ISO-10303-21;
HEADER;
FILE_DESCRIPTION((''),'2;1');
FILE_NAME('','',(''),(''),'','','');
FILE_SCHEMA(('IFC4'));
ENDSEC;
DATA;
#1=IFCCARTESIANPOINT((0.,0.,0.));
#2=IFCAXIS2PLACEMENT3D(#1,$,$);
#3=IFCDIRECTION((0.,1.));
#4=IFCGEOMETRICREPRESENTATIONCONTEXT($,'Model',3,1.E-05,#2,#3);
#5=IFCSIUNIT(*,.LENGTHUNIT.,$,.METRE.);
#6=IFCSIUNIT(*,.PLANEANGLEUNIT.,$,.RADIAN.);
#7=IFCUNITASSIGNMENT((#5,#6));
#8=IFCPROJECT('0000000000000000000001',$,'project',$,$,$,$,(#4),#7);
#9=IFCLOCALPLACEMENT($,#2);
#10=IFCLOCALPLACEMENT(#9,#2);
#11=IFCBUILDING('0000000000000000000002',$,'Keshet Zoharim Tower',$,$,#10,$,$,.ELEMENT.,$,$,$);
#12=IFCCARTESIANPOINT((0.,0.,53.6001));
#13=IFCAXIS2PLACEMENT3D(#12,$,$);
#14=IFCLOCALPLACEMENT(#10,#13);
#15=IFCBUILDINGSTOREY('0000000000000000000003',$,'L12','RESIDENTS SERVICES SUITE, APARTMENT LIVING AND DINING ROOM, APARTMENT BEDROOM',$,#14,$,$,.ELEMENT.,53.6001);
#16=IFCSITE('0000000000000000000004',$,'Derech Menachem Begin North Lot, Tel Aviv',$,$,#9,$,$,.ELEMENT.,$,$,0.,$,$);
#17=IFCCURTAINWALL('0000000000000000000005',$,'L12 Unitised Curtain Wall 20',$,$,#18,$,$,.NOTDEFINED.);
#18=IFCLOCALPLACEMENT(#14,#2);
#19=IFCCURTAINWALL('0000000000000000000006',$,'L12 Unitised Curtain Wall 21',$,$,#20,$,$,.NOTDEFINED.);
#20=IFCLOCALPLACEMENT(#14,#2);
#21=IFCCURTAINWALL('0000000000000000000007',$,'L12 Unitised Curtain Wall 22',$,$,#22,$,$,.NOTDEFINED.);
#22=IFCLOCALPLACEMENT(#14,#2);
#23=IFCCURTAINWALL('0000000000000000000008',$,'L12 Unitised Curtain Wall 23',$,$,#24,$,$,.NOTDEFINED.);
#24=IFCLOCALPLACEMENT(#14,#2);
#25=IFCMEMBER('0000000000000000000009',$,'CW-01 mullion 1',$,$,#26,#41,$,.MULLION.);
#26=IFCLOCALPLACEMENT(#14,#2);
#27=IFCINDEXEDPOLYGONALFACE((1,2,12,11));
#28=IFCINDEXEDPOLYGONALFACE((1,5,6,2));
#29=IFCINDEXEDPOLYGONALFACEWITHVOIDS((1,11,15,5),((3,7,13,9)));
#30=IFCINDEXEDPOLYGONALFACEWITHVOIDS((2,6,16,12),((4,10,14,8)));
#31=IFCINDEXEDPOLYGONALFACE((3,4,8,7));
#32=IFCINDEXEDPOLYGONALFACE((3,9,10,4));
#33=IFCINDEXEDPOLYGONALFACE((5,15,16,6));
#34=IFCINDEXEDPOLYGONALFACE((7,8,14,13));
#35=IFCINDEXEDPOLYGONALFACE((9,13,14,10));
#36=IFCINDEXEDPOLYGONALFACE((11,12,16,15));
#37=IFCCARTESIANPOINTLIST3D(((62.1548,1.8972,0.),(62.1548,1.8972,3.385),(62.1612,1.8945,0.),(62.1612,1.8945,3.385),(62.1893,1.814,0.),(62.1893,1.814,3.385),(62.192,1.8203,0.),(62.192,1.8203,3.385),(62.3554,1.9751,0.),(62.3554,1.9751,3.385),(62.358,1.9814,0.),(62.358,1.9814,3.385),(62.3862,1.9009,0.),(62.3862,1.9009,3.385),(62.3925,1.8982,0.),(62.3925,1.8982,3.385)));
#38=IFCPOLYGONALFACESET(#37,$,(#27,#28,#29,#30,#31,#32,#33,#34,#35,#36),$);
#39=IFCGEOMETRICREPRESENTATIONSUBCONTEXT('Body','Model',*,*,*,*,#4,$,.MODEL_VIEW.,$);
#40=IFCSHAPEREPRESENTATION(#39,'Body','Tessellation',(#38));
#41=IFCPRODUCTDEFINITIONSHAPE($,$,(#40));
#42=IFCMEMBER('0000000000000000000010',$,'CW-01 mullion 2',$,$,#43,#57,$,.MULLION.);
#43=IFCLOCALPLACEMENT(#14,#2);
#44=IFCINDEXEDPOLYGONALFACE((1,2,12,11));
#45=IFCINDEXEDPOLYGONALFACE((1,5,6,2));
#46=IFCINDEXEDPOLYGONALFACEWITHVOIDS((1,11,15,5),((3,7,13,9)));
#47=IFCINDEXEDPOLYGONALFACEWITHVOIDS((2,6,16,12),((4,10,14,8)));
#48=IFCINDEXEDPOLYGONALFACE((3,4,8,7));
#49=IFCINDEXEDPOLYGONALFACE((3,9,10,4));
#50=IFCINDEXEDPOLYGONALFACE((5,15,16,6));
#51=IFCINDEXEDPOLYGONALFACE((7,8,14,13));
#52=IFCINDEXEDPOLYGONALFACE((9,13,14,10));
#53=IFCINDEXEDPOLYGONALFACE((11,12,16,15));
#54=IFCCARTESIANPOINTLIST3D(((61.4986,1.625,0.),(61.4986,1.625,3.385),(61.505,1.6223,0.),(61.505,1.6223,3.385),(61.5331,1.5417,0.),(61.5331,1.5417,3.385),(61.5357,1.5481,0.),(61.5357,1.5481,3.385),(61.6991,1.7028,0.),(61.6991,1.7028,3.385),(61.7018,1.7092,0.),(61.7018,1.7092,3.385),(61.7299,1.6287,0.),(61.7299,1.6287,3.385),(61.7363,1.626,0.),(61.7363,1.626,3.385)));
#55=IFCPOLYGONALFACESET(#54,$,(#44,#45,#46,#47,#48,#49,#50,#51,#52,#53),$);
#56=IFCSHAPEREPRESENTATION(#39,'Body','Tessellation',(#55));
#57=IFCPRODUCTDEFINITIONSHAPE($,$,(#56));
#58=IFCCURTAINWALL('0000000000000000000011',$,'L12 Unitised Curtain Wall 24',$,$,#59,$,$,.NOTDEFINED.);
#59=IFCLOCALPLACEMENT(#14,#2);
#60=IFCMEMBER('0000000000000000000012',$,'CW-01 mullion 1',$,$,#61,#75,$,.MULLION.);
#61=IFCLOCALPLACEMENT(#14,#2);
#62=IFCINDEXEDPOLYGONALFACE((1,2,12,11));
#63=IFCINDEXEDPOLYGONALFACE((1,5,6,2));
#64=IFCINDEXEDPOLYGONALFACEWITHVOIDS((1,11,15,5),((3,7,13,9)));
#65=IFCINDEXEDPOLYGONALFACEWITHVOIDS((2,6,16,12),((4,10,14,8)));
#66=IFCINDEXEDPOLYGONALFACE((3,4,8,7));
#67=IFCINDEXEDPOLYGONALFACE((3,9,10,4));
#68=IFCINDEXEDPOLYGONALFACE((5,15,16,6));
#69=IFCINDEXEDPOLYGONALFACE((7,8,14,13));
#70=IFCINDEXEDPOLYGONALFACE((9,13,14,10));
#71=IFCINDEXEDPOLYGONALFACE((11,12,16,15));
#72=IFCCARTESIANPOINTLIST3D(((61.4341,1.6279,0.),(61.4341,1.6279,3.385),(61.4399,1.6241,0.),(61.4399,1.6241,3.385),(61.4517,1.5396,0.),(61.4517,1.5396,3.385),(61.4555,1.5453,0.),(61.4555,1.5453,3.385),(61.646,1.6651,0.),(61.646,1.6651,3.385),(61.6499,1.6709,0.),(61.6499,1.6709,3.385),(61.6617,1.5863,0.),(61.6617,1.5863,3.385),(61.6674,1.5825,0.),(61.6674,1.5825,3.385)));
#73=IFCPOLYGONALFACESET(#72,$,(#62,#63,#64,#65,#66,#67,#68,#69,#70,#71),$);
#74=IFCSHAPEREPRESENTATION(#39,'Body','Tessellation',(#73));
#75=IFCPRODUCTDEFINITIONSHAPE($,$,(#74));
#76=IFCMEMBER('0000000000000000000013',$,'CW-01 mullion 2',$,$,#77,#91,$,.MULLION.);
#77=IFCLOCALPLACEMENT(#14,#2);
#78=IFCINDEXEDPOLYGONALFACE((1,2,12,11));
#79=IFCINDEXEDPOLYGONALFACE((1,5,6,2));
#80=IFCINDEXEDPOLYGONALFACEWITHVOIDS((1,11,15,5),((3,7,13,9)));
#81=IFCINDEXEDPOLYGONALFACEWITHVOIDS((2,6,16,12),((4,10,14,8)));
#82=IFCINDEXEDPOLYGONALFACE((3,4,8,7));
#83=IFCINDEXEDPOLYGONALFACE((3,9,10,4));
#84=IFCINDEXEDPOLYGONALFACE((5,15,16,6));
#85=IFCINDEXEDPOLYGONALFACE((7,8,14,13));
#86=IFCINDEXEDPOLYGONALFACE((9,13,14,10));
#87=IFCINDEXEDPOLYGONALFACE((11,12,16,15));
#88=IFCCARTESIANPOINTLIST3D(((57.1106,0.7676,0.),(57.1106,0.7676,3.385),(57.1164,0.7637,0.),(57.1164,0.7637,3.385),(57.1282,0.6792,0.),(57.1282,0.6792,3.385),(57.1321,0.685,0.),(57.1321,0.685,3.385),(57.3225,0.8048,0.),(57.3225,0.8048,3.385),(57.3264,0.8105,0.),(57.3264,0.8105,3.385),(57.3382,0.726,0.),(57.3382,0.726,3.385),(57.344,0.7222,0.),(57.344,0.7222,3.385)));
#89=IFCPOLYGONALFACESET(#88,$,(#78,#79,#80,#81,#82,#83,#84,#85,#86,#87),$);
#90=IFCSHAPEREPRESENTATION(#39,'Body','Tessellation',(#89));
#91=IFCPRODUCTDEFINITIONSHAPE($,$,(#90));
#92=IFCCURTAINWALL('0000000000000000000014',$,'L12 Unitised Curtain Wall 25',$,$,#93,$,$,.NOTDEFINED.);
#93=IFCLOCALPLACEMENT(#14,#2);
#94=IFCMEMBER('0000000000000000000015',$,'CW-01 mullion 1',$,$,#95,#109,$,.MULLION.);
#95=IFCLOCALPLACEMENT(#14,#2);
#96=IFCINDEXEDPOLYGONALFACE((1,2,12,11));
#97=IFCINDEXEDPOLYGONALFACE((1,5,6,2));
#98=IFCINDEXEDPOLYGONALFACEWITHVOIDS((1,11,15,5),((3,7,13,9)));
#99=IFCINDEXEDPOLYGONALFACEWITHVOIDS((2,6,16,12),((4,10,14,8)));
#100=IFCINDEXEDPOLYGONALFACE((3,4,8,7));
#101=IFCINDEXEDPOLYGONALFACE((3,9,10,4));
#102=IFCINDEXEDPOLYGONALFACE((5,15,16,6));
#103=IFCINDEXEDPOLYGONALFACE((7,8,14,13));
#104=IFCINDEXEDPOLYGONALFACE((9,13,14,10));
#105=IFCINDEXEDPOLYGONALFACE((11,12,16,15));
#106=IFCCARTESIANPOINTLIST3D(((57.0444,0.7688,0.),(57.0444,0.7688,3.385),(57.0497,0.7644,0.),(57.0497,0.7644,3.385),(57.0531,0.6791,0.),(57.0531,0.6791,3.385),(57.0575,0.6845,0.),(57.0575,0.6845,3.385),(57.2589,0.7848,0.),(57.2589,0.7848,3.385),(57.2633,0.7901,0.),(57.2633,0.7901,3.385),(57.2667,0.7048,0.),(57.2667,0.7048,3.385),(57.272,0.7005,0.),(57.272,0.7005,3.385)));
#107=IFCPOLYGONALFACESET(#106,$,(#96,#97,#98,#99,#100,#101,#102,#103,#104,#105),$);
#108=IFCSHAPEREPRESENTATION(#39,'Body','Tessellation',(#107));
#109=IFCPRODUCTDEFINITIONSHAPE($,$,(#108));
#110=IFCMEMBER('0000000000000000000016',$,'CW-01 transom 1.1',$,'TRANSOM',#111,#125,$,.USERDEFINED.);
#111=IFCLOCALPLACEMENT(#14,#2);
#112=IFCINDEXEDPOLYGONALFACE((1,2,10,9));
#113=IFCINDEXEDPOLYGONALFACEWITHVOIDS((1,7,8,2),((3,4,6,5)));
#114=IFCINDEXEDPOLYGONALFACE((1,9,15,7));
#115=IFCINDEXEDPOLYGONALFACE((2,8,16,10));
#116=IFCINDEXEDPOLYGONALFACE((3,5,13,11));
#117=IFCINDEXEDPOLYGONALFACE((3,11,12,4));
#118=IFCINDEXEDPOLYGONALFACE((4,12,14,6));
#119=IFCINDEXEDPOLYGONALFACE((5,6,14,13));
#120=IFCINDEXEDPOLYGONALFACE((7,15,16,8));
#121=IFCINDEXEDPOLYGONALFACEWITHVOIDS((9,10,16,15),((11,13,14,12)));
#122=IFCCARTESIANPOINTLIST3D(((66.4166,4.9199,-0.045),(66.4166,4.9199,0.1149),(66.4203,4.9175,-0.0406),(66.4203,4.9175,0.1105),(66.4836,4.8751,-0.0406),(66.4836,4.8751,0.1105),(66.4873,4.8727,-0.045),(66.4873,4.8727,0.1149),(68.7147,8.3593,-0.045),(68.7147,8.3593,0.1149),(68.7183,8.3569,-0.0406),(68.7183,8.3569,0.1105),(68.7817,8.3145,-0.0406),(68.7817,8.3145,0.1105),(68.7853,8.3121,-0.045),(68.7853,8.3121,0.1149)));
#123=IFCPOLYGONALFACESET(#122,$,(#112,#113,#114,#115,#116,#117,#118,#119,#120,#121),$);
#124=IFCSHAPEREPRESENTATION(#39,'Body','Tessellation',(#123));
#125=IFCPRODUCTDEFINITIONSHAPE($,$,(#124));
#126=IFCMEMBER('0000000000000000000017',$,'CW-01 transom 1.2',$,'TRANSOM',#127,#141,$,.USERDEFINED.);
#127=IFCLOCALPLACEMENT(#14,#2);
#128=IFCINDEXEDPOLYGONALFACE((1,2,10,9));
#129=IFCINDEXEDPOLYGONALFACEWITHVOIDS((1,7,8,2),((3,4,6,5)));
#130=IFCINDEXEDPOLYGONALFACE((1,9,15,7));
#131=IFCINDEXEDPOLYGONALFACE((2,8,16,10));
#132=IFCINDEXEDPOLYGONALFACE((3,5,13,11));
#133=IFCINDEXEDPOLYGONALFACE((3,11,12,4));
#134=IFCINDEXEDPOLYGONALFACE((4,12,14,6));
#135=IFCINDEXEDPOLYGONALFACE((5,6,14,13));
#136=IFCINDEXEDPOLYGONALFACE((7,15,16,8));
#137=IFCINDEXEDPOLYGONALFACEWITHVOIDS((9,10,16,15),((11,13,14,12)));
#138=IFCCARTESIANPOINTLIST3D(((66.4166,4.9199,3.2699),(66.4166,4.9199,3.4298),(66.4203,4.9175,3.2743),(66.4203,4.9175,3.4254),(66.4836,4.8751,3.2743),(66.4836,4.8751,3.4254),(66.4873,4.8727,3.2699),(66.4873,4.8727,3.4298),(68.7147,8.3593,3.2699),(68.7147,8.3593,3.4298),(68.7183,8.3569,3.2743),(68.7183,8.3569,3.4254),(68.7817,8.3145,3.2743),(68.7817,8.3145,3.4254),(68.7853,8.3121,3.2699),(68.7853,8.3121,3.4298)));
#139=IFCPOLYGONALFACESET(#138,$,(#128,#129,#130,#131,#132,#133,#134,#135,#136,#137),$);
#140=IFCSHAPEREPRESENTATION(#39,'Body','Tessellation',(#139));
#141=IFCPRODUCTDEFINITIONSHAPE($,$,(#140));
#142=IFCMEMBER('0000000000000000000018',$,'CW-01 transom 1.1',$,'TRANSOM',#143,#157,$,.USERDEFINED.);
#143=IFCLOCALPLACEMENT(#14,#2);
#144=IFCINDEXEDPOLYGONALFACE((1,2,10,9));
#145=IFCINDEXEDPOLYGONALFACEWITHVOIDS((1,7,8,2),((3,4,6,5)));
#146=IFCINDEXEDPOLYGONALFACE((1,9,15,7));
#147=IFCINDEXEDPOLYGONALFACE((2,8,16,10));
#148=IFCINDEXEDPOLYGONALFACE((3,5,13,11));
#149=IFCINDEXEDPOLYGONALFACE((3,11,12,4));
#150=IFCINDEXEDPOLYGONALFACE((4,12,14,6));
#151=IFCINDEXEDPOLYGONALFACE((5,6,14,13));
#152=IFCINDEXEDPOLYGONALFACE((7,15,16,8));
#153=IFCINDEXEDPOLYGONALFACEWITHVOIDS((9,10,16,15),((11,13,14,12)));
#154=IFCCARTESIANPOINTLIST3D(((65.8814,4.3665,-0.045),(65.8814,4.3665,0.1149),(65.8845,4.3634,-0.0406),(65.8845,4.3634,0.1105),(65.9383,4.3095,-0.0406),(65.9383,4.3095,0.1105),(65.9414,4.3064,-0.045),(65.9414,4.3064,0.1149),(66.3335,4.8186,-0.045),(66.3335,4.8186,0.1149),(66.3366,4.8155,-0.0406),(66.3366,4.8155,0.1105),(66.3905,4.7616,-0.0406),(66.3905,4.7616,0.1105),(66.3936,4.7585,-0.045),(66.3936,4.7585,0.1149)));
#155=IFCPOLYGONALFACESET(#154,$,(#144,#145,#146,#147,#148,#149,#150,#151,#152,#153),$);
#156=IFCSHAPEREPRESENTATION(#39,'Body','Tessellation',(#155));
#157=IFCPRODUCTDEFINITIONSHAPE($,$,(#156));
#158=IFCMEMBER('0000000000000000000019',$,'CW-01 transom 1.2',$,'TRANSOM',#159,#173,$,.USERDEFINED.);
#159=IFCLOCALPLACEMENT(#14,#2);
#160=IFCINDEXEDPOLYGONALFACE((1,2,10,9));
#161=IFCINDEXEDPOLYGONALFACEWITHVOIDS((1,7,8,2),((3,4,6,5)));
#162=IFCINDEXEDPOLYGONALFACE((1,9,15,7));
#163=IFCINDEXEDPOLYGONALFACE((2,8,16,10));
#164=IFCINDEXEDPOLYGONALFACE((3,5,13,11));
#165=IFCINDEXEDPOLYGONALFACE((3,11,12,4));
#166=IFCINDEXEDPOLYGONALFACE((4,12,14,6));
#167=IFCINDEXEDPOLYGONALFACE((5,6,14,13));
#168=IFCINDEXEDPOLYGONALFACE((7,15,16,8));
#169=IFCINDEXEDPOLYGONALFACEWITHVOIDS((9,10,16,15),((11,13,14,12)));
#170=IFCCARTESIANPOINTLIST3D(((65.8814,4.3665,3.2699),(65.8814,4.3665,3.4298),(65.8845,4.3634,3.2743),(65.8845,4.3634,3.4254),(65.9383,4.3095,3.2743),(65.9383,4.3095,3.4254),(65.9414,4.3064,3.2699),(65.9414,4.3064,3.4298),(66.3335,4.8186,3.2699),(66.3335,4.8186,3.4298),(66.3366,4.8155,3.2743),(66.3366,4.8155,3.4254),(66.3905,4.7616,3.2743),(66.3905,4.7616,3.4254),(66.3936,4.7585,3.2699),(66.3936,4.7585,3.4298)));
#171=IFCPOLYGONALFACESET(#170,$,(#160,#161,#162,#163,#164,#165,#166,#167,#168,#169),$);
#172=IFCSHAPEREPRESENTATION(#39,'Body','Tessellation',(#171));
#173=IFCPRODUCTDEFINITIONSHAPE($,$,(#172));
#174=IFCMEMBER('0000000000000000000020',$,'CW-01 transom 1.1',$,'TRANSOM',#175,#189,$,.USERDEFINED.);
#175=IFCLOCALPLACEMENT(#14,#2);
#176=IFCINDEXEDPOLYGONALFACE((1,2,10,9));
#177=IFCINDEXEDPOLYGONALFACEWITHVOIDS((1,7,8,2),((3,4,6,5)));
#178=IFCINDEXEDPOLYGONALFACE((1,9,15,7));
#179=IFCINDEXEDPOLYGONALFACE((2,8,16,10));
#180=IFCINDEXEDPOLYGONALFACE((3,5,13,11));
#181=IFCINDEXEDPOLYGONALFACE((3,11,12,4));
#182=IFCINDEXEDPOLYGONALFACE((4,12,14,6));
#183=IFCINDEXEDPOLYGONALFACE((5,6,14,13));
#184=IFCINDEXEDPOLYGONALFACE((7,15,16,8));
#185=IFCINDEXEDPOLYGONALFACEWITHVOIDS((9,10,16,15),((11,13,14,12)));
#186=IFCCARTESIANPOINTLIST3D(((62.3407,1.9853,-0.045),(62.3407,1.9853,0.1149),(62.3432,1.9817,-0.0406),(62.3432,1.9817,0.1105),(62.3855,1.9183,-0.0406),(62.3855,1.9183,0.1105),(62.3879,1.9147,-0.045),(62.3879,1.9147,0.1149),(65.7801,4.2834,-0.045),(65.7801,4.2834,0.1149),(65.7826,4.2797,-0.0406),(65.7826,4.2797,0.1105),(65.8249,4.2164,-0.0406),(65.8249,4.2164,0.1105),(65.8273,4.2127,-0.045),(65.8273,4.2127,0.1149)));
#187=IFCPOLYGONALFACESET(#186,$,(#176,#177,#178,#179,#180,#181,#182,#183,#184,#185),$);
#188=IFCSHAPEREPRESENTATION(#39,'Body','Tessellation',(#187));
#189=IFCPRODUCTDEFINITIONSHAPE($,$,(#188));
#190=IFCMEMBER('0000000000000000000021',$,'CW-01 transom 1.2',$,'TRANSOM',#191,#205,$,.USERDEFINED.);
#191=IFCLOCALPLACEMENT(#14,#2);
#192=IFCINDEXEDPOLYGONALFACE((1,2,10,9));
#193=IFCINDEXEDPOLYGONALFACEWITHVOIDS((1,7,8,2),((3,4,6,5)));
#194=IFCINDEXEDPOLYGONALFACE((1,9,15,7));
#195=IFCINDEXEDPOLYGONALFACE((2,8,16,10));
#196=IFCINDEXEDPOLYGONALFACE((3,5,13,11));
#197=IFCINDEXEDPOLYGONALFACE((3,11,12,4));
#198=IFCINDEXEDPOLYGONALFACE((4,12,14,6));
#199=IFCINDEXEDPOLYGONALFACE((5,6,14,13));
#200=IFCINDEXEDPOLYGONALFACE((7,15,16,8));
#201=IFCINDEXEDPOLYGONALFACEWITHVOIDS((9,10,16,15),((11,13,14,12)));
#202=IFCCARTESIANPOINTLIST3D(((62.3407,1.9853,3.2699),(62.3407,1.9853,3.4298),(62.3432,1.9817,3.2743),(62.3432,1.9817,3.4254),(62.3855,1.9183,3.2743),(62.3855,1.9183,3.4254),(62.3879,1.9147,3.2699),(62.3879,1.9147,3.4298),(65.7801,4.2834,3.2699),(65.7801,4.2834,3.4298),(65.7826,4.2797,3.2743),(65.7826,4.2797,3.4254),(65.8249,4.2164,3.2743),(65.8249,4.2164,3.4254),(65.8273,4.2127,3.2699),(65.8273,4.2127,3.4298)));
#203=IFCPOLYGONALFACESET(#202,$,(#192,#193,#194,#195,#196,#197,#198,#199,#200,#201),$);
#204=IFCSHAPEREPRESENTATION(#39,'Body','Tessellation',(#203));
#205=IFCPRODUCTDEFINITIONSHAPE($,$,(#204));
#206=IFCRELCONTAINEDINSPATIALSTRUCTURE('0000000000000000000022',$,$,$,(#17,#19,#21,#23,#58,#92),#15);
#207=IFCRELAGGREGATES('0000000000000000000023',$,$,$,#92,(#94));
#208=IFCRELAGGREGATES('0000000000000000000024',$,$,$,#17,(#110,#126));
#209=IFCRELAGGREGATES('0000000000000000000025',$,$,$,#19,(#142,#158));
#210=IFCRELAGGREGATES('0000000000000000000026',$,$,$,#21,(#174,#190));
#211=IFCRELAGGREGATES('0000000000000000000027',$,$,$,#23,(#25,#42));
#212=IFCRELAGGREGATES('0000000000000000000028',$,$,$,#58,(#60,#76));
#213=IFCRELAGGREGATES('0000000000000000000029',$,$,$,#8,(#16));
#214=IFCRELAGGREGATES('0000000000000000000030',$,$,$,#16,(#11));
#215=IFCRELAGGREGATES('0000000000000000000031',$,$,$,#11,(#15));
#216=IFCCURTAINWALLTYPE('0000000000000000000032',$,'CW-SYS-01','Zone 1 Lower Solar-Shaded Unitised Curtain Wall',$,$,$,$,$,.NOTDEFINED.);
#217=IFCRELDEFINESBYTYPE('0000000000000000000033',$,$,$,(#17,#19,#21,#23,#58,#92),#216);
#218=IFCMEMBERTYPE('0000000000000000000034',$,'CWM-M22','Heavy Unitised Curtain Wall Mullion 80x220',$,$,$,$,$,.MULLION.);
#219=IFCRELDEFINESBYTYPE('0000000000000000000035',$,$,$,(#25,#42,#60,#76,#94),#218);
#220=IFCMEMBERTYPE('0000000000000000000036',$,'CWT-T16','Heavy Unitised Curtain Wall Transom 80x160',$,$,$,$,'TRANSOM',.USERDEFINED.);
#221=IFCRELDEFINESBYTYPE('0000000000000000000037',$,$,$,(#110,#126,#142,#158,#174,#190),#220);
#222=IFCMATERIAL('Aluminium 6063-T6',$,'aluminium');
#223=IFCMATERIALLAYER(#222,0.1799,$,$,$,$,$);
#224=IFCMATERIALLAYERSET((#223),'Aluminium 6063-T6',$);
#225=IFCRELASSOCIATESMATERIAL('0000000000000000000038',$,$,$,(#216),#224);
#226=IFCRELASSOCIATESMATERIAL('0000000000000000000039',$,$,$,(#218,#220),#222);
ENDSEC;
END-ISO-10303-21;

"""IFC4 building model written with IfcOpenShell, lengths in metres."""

from ifc_helpers import new_model, si_unit, direction, frame, origin, origin_2d, place, context, subcontext, project, spatial, hollow_rectangle, extrude, material, layer, layer_set, material_profile, profile_set, type_object, element, aggregate, save


model = new_model("IFC4")

# Units and contexts
model_context = context("Model", 3, precision=1e-05, world=origin(), true_north=direction((0.0, 1.0)))
body_context = subcontext(model_context, "Body", "Model", "MODEL_VIEW")
ifc_project = project(units=[si_unit("LENGTHUNIT", "METRE"), si_unit("PLANEANGLEUNIT", "RADIAN")], contexts=[model_context])

# Site, building, storey
site_placement = place(None, origin())
site = spatial("IfcSite", under=ifc_project, at=site_placement, Name="Derech Menachem Begin North Lot, Tel Aviv", CompositionType="ELEMENT", RefElevation=0.0)
building_placement = place(site_placement, origin())
building = spatial("IfcBuilding", under=site, at=building_placement, Name="Keshet Zoharim Tower", CompositionType="ELEMENT")
storey_placement = place(building_placement, frame((0.0, 0.0, 53.6001)))
storey = spatial("IfcBuildingStorey", under=building, at=storey_placement, Name="L12", Description="RESIDENTS SERVICES SUITE, APARTMENT LIVING AND DINING ROOM, APARTMENT BEDROOM", CompositionType="ELEMENT", Elevation=53.6001)

# Shared definitions
ifc_material_1 = material(Name="Aluminium 6063-T6", Category="aluminium")
ifc_layer_1 = layer(ifc_material_1, 0.1799)
ifc_layer_set_1 = layer_set([ifc_layer_1], Name="Aluminium 6063-T6")
curtain_wall_type = type_object("IfcCurtainWallType", Name="CW-SYS-01", Description="Zone 1 Lower Solar-Shaded Unitised Curtain Wall", PredefinedType="NOTDEFINED", material=ifc_layer_set_1)
ifc_material_profile_1 = material_profile(ifc_material_1, hollow_rectangle(XDim=0.0901, YDim=0.22, WallThickness=0.0049, at=origin_2d()), Name="MUL-90x220")
ifc_profile_set_1 = profile_set([ifc_material_profile_1], Name="Aluminium 6063-T6")
member_type_1 = type_object("IfcMemberType", Name="CWM-M22", Description="Heavy Unitised Curtain Wall Mullion 80x220", PredefinedType="MULLION", material=ifc_profile_set_1)

# Curtain walls, members
curtain_wall_1_placement = place(storey_placement, origin())
curtain_wall_1 = element("IfcCurtainWall", 1, at=curtain_wall_1_placement, inside=storey, type_object=curtain_wall_type, Name="L12 Unitised Curtain Wall 20", PredefinedType="NOTDEFINED")
curtain_wall_2_placement = place(storey_placement, origin())
curtain_wall_2 = element("IfcCurtainWall", 2, at=curtain_wall_2_placement, inside=storey, type_object=curtain_wall_type, Name="L12 Unitised Curtain Wall 21", PredefinedType="NOTDEFINED")
curtain_wall_3_placement = place(storey_placement, origin())
curtain_wall_3 = element("IfcCurtainWall", 3, at=curtain_wall_3_placement, inside=storey, type_object=curtain_wall_type, Name="L12 Unitised Curtain Wall 22", PredefinedType="NOTDEFINED")
curtain_wall_4_placement = place(storey_placement, origin())
curtain_wall_4 = element("IfcCurtainWall", 4, at=curtain_wall_4_placement, inside=storey, type_object=curtain_wall_type, Name="L12 Unitised Curtain Wall 23", PredefinedType="NOTDEFINED")
member_1_placement = place(storey_placement, frame((62.2737, 1.8977, 0.0), z_axis=(0.0, 0.0, 1.0), x_axis=(0.383068, -0.92372, 0.0)))
member_1 = element("IfcMember", 5, at=member_1_placement, type_object=member_type_1, Name="CW-01 mullion 1", PredefinedType="MULLION", context=body_context, shape_type="SweptSolid", body=[
    extrude(hollow_rectangle(XDim=0.0901, YDim=0.22, WallThickness=0.0049, at=origin_2d()), origin(), (0.0, 0.0, 1.0), 3.385),
])
member_2_placement = place(storey_placement, frame((61.6174, 1.6255, 0.0), z_axis=(0.0, 0.0, 1.0), x_axis=(0.383068, -0.92372, 0.0)))
member_2 = element("IfcMember", 6, at=member_2_placement, type_object=member_type_1, Name="CW-01 mullion 2", PredefinedType="MULLION", context=body_context, shape_type="SweptSolid", body=[
    extrude(hollow_rectangle(XDim=0.0901, YDim=0.22, WallThickness=0.0049, at=origin_2d()), origin(), (0.0, 0.0, 1.0), 3.385),
])
curtain_wall_5_placement = place(storey_placement, origin())
curtain_wall_5 = element("IfcCurtainWall", 7, at=curtain_wall_5_placement, inside=storey, type_object=curtain_wall_type, Name="L12 Unitised Curtain Wall 24", PredefinedType="NOTDEFINED")
member_3_placement = place(storey_placement, frame((61.5508, 1.6052, 0.0), z_axis=(0.0, 0.0, 1.0), x_axis=(0.195171, -0.980769, 0.0)))
member_3 = element("IfcMember", 8, at=member_3_placement, type_object=member_type_1, Name="CW-01 mullion 1", PredefinedType="MULLION", context=body_context, shape_type="SweptSolid", body=[
    extrude(hollow_rectangle(XDim=0.0901, YDim=0.22, WallThickness=0.0049, at=origin_2d()), origin(), (0.0, 0.0, 1.0), 3.385),
])
member_4_placement = place(storey_placement, frame((57.2273, 0.7449, 0.0), z_axis=(0.0, 0.0, 1.0), x_axis=(0.195171, -0.980769, 0.0)))
member_4 = element("IfcMember", 9, at=member_4_placement, type_object=member_type_1, Name="CW-01 mullion 2", PredefinedType="MULLION", context=body_context, shape_type="SweptSolid", body=[
    extrude(hollow_rectangle(XDim=0.0901, YDim=0.22, WallThickness=0.0049, at=origin_2d()), origin(), (0.0, 0.0, 1.0), 3.385),
])

# Curtain wall, member
curtain_wall_6_placement = place(storey_placement, origin())
curtain_wall_6 = element("IfcCurtainWall", 10, at=curtain_wall_6_placement, inside=storey, type_object=curtain_wall_type, Name="L12 Unitised Curtain Wall 25", PredefinedType="NOTDEFINED")
member_5_placement = place(storey_placement, frame((57.1582, 0.7346, 0.0), z_axis=(0.0, 0.0, 1.0), x_axis=(0.096977, -0.995287, 0.0)))
member_5 = element("IfcMember", 11, at=member_5_placement, type_object=member_type_1, Name="CW-01 mullion 1", PredefinedType="MULLION", context=body_context, shape_type="SweptSolid", body=[
    extrude(hollow_rectangle(XDim=0.0901, YDim=0.22, WallThickness=0.0049, at=origin_2d()), origin(), (0.0, 0.0, 1.0), 3.385),
])

# Members
ifc_material_profile_2 = material_profile(ifc_material_1, hollow_rectangle(XDim=0.085, YDim=0.1599, WallThickness=0.0044, at=origin_2d()), Name="TRN-85x160")
ifc_profile_set_2 = profile_set([ifc_material_profile_2], Name="Aluminium 6063-T6")
member_type_2 = type_object("IfcMemberType", Name="CWT-T16", Description="Heavy Unitised Curtain Wall Transom 80x160", ElementType="TRANSOM", PredefinedType="USERDEFINED", material=ifc_profile_set_2)
member_6_placement = place(storey_placement, frame((68.75, 8.3357, 0.0349), z_axis=(-0.555558, -0.831478, 0.0), x_axis=(0.831478, -0.555558, 0.0)))
member_6 = element("IfcMember", 12, at=member_6_placement, type_object=member_type_2, Name="CW-01 transom 1.1", ObjectType="TRANSOM", PredefinedType="USERDEFINED", context=body_context, shape_type="SweptSolid", body=[
    extrude(hollow_rectangle(XDim=0.085, YDim=0.1599, WallThickness=0.0044, at=origin_2d()), origin(), (0.0, 0.0, 1.0), 4.1365),
])
member_7_placement = place(storey_placement, frame((68.75, 8.3357, 3.3499), z_axis=(-0.555558, -0.831478, 0.0), x_axis=(0.831478, -0.555558, 0.0)))
member_7 = element("IfcMember", 13, at=member_7_placement, type_object=member_type_2, Name="CW-01 transom 1.2", ObjectType="TRANSOM", PredefinedType="USERDEFINED", context=body_context, shape_type="SweptSolid", body=[
    extrude(hollow_rectangle(XDim=0.085, YDim=0.1599, WallThickness=0.0044, at=origin_2d()), origin(), (0.0, 0.0, 1.0), 4.1365),
])
member_8_placement = place(storey_placement, frame((66.3635, 4.7886, 0.0349), z_axis=(-0.707107, -0.707107, 0.0), x_axis=(0.707107, -0.707107, 0.0)))
member_8 = element("IfcMember", 14, at=member_8_placement, type_object=member_type_2, Name="CW-01 transom 1.1", ObjectType="TRANSOM", PredefinedType="USERDEFINED", context=body_context, shape_type="SweptSolid", body=[
    extrude(hollow_rectangle(XDim=0.085, YDim=0.1599, WallThickness=0.0044, at=origin_2d()), origin(), (0.0, 0.0, 1.0), 0.6394),
])
member_9_placement = place(storey_placement, frame((66.3635, 4.7886, 3.3499), z_axis=(-0.707107, -0.707107, 0.0), x_axis=(0.707107, -0.707107, 0.0)))
member_9 = element("IfcMember", 15, at=member_9_placement, type_object=member_type_2, Name="CW-01 transom 1.2", ObjectType="TRANSOM", PredefinedType="USERDEFINED", context=body_context, shape_type="SweptSolid", body=[
    extrude(hollow_rectangle(XDim=0.085, YDim=0.1599, WallThickness=0.0044, at=origin_2d()), origin(), (0.0, 0.0, 1.0), 0.6394),
])
member_10_placement = place(storey_placement, frame((65.8037, 4.248, 0.0349), z_axis=(-0.831478, -0.555558, 0.0), x_axis=(0.555558, -0.831478, 0.0)))
member_10 = element("IfcMember", 16, at=member_10_placement, type_object=member_type_2, Name="CW-01 transom 1.1", ObjectType="TRANSOM", PredefinedType="USERDEFINED", context=body_context, shape_type="SweptSolid", body=[
    extrude(hollow_rectangle(XDim=0.085, YDim=0.1599, WallThickness=0.0044, at=origin_2d()), origin(), (0.0, 0.0, 1.0), 4.1365),
])
member_11_placement = place(storey_placement, frame((65.8037, 4.248, 3.3499), z_axis=(-0.831478, -0.555558, 0.0), x_axis=(0.555558, -0.831478, 0.0)))
member_11 = element("IfcMember", 17, at=member_11_placement, type_object=member_type_2, Name="CW-01 transom 1.2", ObjectType="TRANSOM", PredefinedType="USERDEFINED", context=body_context, shape_type="SweptSolid", body=[
    extrude(hollow_rectangle(XDim=0.085, YDim=0.1599, WallThickness=0.0044, at=origin_2d()), origin(), (0.0, 0.0, 1.0), 4.1365),
])
aggregate(curtain_wall_6, [member_5])

aggregate(curtain_wall_1, [member_6, member_7])
aggregate(curtain_wall_2, [member_8, member_9])
aggregate(curtain_wall_3, [member_10, member_11])
aggregate(curtain_wall_4, [member_1, member_2])
aggregate(curtain_wall_5, [member_3, member_4])

save(model, "model.ifc")
